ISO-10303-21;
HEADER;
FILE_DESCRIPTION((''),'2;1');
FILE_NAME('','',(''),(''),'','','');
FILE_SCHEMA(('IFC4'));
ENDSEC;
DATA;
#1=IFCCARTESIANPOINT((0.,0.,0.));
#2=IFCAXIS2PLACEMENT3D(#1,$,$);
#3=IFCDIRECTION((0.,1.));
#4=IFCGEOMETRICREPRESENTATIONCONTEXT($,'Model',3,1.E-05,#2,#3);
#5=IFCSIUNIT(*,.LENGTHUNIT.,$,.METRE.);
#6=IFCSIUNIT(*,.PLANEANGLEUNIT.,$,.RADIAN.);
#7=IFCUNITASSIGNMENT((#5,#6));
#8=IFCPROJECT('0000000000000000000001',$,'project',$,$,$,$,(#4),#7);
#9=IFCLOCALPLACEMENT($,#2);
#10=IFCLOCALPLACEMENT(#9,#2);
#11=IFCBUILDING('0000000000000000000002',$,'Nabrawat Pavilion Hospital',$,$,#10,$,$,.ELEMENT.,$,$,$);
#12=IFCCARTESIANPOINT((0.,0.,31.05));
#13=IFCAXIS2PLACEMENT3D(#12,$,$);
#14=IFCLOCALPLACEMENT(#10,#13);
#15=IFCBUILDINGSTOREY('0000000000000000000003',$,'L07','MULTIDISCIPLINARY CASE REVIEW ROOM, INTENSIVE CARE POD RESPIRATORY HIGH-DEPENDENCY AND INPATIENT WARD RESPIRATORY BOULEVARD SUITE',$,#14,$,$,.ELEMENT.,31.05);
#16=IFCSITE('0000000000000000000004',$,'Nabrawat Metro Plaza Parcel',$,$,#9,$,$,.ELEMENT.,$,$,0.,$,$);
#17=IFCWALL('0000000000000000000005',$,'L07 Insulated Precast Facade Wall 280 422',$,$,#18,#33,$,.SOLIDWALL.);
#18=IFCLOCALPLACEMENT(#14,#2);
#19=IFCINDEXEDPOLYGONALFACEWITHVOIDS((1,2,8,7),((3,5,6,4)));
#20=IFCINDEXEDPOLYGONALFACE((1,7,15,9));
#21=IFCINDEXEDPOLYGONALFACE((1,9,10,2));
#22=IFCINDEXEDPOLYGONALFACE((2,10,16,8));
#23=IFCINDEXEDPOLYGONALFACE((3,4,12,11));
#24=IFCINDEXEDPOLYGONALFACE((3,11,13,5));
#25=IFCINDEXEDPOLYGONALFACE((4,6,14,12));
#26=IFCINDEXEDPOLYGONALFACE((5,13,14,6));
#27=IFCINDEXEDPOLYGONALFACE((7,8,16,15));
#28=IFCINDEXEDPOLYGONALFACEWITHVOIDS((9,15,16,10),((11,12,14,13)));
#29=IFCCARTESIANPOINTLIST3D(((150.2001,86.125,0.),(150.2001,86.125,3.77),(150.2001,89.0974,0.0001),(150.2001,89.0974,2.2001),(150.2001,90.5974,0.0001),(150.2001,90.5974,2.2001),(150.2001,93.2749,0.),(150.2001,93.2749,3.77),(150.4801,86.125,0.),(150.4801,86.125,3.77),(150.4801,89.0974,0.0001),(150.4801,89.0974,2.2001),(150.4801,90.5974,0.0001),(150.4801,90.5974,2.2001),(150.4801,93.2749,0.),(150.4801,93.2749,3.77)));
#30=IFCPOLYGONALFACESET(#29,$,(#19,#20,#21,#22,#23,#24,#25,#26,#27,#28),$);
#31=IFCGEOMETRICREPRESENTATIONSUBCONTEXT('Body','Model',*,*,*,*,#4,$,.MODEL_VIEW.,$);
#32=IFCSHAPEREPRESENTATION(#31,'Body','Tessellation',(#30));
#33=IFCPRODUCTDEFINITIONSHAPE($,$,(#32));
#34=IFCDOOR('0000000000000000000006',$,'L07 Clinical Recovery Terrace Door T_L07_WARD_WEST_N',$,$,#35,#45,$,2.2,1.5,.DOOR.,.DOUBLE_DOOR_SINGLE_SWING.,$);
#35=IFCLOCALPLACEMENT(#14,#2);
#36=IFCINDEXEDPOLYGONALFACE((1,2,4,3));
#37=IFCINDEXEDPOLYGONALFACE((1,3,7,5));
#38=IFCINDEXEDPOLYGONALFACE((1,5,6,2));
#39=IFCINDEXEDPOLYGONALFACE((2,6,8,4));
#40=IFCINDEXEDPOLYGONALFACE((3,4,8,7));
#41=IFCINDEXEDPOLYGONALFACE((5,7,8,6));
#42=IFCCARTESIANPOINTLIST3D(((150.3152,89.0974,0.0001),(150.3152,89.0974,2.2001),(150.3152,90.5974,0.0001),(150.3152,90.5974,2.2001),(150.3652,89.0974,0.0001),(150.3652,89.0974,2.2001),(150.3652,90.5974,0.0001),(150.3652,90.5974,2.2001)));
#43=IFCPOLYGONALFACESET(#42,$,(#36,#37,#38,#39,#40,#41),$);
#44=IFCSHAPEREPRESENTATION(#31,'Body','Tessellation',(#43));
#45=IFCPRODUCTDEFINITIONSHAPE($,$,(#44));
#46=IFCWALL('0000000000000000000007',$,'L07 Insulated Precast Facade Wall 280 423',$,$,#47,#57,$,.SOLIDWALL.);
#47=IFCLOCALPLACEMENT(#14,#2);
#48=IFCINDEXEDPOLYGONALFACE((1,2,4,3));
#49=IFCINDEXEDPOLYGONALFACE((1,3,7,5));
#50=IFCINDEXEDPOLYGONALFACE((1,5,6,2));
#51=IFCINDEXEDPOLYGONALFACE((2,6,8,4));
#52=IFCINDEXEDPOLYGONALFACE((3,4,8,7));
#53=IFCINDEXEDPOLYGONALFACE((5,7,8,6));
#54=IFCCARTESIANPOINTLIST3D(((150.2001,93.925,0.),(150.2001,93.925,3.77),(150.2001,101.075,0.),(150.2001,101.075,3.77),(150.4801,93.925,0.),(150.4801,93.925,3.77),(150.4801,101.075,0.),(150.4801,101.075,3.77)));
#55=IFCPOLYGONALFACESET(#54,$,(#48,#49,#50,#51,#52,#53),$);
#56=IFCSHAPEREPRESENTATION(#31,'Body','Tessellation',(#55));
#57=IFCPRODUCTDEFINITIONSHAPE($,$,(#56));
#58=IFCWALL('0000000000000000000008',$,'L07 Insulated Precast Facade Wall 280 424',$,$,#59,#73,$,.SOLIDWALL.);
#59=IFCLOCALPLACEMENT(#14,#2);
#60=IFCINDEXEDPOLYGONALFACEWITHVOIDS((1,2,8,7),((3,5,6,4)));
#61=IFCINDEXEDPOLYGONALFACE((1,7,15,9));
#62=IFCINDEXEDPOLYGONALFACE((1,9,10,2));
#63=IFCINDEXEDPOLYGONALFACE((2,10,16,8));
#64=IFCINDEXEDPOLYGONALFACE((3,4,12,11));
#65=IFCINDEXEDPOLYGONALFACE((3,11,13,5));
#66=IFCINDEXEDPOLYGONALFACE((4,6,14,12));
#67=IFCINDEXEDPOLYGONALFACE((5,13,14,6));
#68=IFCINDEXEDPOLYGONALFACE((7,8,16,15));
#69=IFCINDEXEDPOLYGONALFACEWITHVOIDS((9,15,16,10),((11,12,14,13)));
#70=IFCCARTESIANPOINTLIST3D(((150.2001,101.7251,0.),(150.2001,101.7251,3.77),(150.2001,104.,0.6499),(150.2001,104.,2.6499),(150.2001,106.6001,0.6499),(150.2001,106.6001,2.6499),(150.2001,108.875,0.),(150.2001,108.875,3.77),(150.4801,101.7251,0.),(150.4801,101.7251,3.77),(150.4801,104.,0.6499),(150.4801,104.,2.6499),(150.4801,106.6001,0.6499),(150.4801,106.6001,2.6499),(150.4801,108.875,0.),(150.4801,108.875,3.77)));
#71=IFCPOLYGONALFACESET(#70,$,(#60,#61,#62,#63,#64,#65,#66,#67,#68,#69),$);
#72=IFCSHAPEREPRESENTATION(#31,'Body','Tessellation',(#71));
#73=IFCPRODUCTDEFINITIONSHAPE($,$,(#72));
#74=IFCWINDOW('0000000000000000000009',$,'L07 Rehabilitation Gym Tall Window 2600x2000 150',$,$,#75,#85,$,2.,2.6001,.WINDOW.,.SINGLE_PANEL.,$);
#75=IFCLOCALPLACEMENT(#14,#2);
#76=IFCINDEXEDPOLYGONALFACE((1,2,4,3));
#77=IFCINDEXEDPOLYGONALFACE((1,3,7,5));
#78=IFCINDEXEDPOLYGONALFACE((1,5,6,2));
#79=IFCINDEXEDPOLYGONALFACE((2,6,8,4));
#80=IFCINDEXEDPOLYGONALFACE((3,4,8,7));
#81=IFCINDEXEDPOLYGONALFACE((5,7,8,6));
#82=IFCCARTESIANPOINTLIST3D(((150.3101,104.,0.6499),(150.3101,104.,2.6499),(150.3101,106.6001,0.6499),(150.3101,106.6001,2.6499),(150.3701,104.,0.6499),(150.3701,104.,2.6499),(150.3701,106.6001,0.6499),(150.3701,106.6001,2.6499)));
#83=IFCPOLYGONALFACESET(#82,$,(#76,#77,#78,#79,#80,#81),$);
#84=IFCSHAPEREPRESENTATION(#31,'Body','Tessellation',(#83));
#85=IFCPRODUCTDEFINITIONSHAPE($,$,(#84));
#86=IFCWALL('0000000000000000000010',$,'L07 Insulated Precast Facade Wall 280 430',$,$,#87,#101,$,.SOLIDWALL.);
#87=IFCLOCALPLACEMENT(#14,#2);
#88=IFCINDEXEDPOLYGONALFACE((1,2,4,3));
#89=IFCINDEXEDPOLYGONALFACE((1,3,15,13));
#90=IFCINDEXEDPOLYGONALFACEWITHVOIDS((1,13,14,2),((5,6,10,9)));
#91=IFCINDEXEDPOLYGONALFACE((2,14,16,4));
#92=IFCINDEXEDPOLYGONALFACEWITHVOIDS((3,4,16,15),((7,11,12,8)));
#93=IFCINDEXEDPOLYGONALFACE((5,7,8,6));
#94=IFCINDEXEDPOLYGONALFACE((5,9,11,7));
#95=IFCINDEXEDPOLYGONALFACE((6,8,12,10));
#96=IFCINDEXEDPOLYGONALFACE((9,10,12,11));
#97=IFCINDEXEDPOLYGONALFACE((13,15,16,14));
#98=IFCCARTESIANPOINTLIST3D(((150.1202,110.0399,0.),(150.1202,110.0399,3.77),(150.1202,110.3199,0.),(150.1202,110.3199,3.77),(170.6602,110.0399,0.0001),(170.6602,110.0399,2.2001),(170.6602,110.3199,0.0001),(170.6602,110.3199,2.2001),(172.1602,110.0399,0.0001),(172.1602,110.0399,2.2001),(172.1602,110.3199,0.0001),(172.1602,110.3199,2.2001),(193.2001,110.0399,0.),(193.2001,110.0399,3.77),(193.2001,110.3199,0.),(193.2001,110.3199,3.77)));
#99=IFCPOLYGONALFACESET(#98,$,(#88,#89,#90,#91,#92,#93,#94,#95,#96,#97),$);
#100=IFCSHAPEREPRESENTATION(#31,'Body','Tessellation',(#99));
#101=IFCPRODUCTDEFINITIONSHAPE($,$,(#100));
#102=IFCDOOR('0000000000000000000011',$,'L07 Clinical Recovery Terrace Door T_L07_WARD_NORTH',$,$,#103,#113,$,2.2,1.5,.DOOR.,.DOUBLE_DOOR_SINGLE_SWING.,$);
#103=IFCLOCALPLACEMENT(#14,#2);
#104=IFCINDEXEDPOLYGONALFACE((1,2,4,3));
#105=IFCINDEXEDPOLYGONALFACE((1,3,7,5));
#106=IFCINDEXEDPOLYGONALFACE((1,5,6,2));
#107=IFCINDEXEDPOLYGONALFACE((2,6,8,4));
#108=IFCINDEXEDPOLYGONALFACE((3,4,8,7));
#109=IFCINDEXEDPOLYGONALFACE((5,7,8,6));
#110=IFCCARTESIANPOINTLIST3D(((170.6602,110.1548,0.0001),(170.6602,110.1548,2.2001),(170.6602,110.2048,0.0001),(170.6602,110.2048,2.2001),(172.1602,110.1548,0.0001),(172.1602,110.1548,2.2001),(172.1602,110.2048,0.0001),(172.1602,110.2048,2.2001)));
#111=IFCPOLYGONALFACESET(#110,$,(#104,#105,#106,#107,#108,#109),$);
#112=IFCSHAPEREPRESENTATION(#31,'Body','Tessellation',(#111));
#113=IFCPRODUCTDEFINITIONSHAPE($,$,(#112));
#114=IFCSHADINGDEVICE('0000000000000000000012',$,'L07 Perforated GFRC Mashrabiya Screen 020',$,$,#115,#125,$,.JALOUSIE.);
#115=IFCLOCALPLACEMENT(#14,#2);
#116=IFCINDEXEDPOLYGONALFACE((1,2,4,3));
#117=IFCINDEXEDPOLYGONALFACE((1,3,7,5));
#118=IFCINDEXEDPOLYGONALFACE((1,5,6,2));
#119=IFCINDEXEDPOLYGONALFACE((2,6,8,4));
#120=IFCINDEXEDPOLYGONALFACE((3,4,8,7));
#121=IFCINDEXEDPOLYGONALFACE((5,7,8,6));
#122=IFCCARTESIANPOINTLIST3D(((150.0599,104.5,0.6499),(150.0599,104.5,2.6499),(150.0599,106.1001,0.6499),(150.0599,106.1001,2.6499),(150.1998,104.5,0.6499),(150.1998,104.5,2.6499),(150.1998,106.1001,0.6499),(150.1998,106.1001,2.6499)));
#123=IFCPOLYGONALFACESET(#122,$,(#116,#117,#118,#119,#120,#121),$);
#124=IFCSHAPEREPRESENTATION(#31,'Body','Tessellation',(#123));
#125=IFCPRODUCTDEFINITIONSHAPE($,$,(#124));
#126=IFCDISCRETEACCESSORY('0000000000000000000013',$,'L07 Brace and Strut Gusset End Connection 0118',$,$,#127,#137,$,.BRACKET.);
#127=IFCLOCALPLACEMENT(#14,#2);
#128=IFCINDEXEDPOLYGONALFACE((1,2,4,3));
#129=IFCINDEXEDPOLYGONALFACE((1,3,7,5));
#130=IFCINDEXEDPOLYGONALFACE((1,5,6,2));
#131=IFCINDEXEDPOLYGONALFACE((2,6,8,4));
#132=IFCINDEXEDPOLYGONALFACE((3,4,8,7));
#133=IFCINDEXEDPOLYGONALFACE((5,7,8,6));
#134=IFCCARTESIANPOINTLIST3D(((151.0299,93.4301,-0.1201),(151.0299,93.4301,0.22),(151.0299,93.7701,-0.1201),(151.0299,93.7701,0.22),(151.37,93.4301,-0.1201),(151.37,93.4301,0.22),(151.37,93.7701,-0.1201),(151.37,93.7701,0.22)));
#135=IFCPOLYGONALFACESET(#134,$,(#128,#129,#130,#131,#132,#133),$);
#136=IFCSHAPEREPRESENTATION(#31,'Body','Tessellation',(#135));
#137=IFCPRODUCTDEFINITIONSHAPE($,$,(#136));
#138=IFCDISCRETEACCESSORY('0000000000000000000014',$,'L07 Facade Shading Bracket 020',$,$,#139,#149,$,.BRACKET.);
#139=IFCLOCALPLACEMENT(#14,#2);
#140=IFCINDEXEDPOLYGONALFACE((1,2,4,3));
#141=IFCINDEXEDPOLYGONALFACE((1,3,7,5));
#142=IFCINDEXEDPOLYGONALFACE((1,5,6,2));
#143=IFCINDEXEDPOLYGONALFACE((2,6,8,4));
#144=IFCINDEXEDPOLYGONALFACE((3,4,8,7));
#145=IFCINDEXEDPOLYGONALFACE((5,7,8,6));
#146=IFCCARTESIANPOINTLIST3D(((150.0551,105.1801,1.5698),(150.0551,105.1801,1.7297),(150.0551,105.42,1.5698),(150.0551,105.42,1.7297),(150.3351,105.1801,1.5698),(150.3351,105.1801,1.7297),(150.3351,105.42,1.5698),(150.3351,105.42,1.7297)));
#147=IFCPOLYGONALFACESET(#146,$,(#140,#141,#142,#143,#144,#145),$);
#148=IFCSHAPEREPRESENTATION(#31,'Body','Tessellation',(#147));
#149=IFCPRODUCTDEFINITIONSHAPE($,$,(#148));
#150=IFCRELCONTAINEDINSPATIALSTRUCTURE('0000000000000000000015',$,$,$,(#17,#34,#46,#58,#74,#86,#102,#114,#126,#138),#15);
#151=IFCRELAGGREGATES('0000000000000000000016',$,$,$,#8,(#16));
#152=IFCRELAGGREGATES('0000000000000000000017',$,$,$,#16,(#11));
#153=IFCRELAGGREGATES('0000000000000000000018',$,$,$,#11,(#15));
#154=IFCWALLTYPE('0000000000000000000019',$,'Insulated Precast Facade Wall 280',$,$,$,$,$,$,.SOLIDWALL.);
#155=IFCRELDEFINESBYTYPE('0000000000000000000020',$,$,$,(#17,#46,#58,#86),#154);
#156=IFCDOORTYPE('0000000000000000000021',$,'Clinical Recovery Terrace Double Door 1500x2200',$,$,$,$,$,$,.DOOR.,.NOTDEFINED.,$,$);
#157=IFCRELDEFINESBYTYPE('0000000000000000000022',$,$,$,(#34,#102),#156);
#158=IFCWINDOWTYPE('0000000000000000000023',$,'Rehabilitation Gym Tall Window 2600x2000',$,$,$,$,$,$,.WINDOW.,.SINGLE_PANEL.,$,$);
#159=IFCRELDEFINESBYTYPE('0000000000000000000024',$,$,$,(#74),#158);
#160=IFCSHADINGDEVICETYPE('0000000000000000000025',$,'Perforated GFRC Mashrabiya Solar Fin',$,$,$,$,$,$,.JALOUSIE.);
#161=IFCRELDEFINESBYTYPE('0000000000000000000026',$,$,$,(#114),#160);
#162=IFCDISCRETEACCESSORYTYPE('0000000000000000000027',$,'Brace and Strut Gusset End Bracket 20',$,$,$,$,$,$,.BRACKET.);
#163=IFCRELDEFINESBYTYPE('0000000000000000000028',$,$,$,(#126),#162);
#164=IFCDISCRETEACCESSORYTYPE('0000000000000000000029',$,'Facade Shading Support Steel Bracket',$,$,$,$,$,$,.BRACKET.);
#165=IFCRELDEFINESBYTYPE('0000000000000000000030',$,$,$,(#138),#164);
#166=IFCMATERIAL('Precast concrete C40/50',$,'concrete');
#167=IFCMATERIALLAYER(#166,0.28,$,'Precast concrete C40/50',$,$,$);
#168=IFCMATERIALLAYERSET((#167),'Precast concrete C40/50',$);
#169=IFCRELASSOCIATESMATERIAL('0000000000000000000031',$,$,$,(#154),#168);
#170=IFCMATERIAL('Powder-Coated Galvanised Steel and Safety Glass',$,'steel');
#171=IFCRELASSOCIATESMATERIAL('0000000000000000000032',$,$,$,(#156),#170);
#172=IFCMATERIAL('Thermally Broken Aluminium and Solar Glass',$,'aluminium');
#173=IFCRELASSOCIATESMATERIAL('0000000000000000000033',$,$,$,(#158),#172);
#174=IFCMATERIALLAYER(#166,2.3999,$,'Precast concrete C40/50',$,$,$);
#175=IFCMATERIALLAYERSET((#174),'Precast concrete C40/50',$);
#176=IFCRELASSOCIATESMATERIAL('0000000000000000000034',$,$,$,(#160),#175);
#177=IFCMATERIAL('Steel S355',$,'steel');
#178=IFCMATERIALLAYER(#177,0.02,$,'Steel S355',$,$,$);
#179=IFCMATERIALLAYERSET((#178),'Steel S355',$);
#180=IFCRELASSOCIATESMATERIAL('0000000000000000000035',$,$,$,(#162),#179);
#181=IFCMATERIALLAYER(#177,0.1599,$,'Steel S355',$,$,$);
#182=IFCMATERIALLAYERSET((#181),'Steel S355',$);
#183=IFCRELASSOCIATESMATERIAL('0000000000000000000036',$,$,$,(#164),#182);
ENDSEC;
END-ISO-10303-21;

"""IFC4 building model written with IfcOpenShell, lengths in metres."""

from ifc_helpers import new_model, si_unit, direction, frame, frame_2d, origin, origin_2d, place, context, subcontext, project, spatial, rectangle, extrude, material, layer, layer_set, type_object, element, fill, save


model = new_model("IFC4")

# Units and contexts
model_context = context("Model", 3, precision=1e-05, world=origin(), true_north=direction((0.0, 1.0)))
body_context = subcontext(model_context, "Body", "Model", "MODEL_VIEW")
ifc_project = project(units=[si_unit("LENGTHUNIT", "METRE"), si_unit("PLANEANGLEUNIT", "RADIAN")], contexts=[model_context])

# Site, building, storey
site_placement = place(None, origin())
site = spatial("IfcSite", under=ifc_project, at=site_placement, Name="Nabrawat Metro Plaza Parcel", CompositionType="ELEMENT", RefElevation=0.0)
building_placement = place(site_placement, origin())
building = spatial("IfcBuilding", under=site, at=building_placement, Name="Nabrawat Pavilion Hospital", CompositionType="ELEMENT")
storey_placement = place(building_placement, frame((0.0, 0.0, 31.05)))
storey = spatial("IfcBuildingStorey", under=building, at=storey_placement, Name="L07", Description="MULTIDISCIPLINARY CASE REVIEW ROOM, INTENSIVE CARE POD RESPIRATORY HIGH-DEPENDENCY AND INPATIENT WARD RESPIRATORY BOULEVARD SUITE", CompositionType="ELEMENT", Elevation=31.05)

# Shared definitions
ifc_material_1 = material(Name="Steel S355", Category="steel")

# Shared definitions
ifc_material_2 = material(Name="Precast concrete C40/50", Category="concrete")
ifc_layer_1 = layer(ifc_material_2, 0.28, Name="Precast concrete C40/50")
ifc_layer_set_1 = layer_set([ifc_layer_1], Name="Precast concrete C40/50")
wall_type_1 = type_object("IfcWallType", Name="Insulated Precast Facade Wall 280", PredefinedType="SOLIDWALL", material=ifc_layer_set_1)

# Wall, opening, door
wall_1_placement = place(storey_placement, frame((150.3401, 86.125, 0.0), z_axis=(0.0, 0.0, 1.0), x_axis=(0.0, 1.0, 0.0)))
wall_1 = element("IfcWall", 1, at=wall_1_placement, inside=storey, type_object=wall_type_1, Name="L07 Insulated Precast Facade Wall 280 422", PredefinedType="SOLIDWALL", context=body_context, shape_type="SweptSolid", body=[
    extrude(rectangle(XDim=7.1499, YDim=0.28, at=frame_2d((3.575, 0.0))), origin(), (0.0, 0.0, 1.0), 3.77),
])
opening_1_placement = place(wall_1_placement, frame((2.9724, 0.0, 0.0)))
opening_1 = element("IfcOpeningElement", 2, at=opening_1_placement, cuts=wall_1, PredefinedType="OPENING", context=body_context, shape_type="SweptSolid", body=[
    extrude(rectangle(XDim=1.5, YDim=2.2, at=frame_2d((0.75, 1.1001))), frame((0.0, 0.1499, 0.0), z_axis=(0.0, -1.0, 0.0), x_axis=(1.0, 0.0, 0.0)), (0.0, 0.0, 1.0), 0.3),
])
ifc_material_3 = material(Name="Powder-Coated Galvanised Steel and Safety Glass", Category="steel")
door_type_1 = type_object("IfcDoorType", Name="Clinical Recovery Terrace Double Door 1500x2200", OperationType="NOTDEFINED", PredefinedType="DOOR", material=ifc_material_3)
door_1_placement = place(opening_1_placement, origin())
door_1 = element("IfcDoor", 3, at=door_1_placement, inside=storey, type_object=door_type_1, Name="L07 Clinical Recovery Terrace Door T_L07_WARD_WEST_N", OperationType="DOUBLE_DOOR_SINGLE_SWING", OverallHeight=2.2, OverallWidth=1.5, PredefinedType="DOOR", context=body_context, shape_type="SweptSolid", body=[
    extrude(rectangle(XDim=1.5, YDim=2.2, at=frame_2d((0.75, 1.1001))), frame((0.0, 0.0249, 0.0), z_axis=(0.0, -1.0, 0.0), x_axis=(1.0, 0.0, 0.0)), (0.0, 0.0, 1.0), 0.05),
])
fill(opening_1, door_1)

# Wall
wall_2_placement = place(storey_placement, frame((150.3401, 93.925, 0.0), z_axis=(0.0, 0.0, 1.0), x_axis=(0.0, 1.0, 0.0)))
element("IfcWall", 4, at=wall_2_placement, inside=storey, type_object=wall_type_1, Name="L07 Insulated Precast Facade Wall 280 423", PredefinedType="SOLIDWALL", context=body_context, shape_type="SweptSolid", body=[
    extrude(rectangle(XDim=7.1499, YDim=0.28, at=frame_2d((3.575, 0.0))), origin(), (0.0, 0.0, 1.0), 3.77),
])

# Wall, opening, window
wall_3_placement = place(storey_placement, frame((150.3401, 101.7251, 0.0), z_axis=(0.0, 0.0, 1.0), x_axis=(0.0, 1.0, 0.0)))
wall_3 = element("IfcWall", 5, at=wall_3_placement, inside=storey, type_object=wall_type_1, Name="L07 Insulated Precast Facade Wall 280 424", PredefinedType="SOLIDWALL", context=body_context, shape_type="SweptSolid", body=[
    extrude(rectangle(XDim=7.1499, YDim=0.28, at=frame_2d((3.575, 0.0))), origin(), (0.0, 0.0, 1.0), 3.77),
])
opening_2_placement = place(wall_3_placement, frame((2.2749, 0.0, 0.6499)))
opening_2 = element("IfcOpeningElement", 6, at=opening_2_placement, cuts=wall_3, PredefinedType="OPENING", context=body_context, shape_type="SweptSolid", body=[
    extrude(rectangle(XDim=2.6001, YDim=2.0, at=frame_2d((1.3, 1.0))), frame((0.0, 0.1499, 0.0), z_axis=(0.0, -1.0, 0.0), x_axis=(1.0, 0.0, 0.0)), (0.0, 0.0, 1.0), 0.3),
])
ifc_material_4 = material(Name="Thermally Broken Aluminium and Solar Glass", Category="aluminium")
window_type = type_object("IfcWindowType", Name="Rehabilitation Gym Tall Window 2600x2000", PartitioningType="SINGLE_PANEL", PredefinedType="WINDOW", material=ifc_material_4)
window_placement = place(opening_2_placement, origin())
window = element("IfcWindow", 7, at=window_placement, inside=storey, type_object=window_type, Name="L07 Rehabilitation Gym Tall Window 2600x2000 150", OverallHeight=2.0, OverallWidth=2.6001, PartitioningType="SINGLE_PANEL", PredefinedType="WINDOW", context=body_context, shape_type="SweptSolid", body=[
    extrude(rectangle(XDim=2.6001, YDim=2.0, at=frame_2d((1.3, 1.0))), frame((0.0, 0.03, 0.0), z_axis=(0.0, -1.0, 0.0), x_axis=(1.0, 0.0, 0.0)), (0.0, 0.0, 1.0), 0.0601),
])
fill(opening_2, window)

# Wall, opening, door
wall_4_placement = place(storey_placement, frame((150.1201, 110.1799, 0.0), z_axis=(0.0, 0.0, 1.0), x_axis=(1.0, 0.0, 0.0)))
wall_4 = element("IfcWall", 8, at=wall_4_placement, inside=storey, type_object=wall_type_1, Name="L07 Insulated Precast Facade Wall 280 430", PredefinedType="SOLIDWALL", context=body_context, shape_type="SweptSolid", body=[
    extrude(rectangle(XDim=43.0798, YDim=0.28, at=frame_2d((21.54, 0.0))), origin(), (0.0, 0.0, 1.0), 3.77),
])
opening_3_placement = place(wall_4_placement, frame((20.54, 0.0, 0.0)))
opening_3 = element("IfcOpeningElement", 9, at=opening_3_placement, cuts=wall_4, PredefinedType="OPENING", context=body_context, shape_type="SweptSolid", body=[
    extrude(rectangle(XDim=1.5, YDim=2.2, at=frame_2d((0.75, 1.1001))), frame((0.0, 0.1499, 0.0), z_axis=(0.0, -1.0, 0.0), x_axis=(1.0, 0.0, 0.0)), (0.0, 0.0, 1.0), 0.3),
])
door_2_placement = place(opening_3_placement, origin())
door_2 = element("IfcDoor", 10, at=door_2_placement, inside=storey, type_object=door_type_1, Name="L07 Clinical Recovery Terrace Door T_L07_WARD_NORTH", OperationType="DOUBLE_DOOR_SINGLE_SWING", OverallHeight=2.2, OverallWidth=1.5, PredefinedType="DOOR", context=body_context, shape_type="SweptSolid", body=[
    extrude(rectangle(XDim=1.5, YDim=2.2, at=frame_2d((0.75, 1.1001))), frame((0.0, 0.0249, 0.0), z_axis=(0.0, -1.0, 0.0), x_axis=(1.0, 0.0, 0.0)), (0.0, 0.0, 1.0), 0.05),
])
fill(opening_3, door_2)

# Shading device
ifc_layer_2 = layer(ifc_material_2, 2.3999, Name="Precast concrete C40/50")
ifc_layer_set_2 = layer_set([ifc_layer_2], Name="Precast concrete C40/50")
shading_device_type = type_object("IfcShadingDeviceType", Name="Perforated GFRC Mashrabiya Solar Fin", PredefinedType="JALOUSIE", material=ifc_layer_set_2)
shading_device_placement = place(storey_placement, frame((150.1299, 105.3, 0.6499), z_axis=(0.0, 0.0, 1.0), x_axis=(0.0, 1.0, 0.0)))
element("IfcShadingDevice", 11, at=shading_device_placement, inside=storey, type_object=shading_device_type, Name="L07 Perforated GFRC Mashrabiya Screen 020", PredefinedType="JALOUSIE", context=body_context, shape_type="SweptSolid", body=[
    extrude(rectangle(XDim=1.6001, YDim=0.1399, at=origin_2d()), origin(), (0.0, 0.0, 1.0), 2.0),
])

# Discrete accessories
ifc_layer_3 = layer(ifc_material_1, 0.02, Name="Steel S355")
ifc_layer_set_3 = layer_set([ifc_layer_3], Name="Steel S355")
discrete_accessory_type_1 = type_object("IfcDiscreteAccessoryType", Name="Brace and Strut Gusset End Bracket 20", PredefinedType="BRACKET", material=ifc_layer_set_3)
discrete_accessory_1_placement = place(storey_placement, frame((151.2, 93.6001, -0.1201), z_axis=(0.0, 0.0, 1.0), x_axis=(1.0, 0.0, 0.0)))
element("IfcDiscreteAccessory", 12, at=discrete_accessory_1_placement, inside=storey, type_object=discrete_accessory_type_1, Name="L07 Brace and Strut Gusset End Connection 0118", PredefinedType="BRACKET", context=body_context, shape_type="SweptSolid", body=[
    extrude(rectangle(XDim=0.3401, YDim=0.3401, at=origin_2d()), origin(), (0.0, 0.0, 1.0), 0.3401),
])
ifc_layer_4 = layer(ifc_material_1, 0.1599, Name="Steel S355")
ifc_layer_set_4 = layer_set([ifc_layer_4], Name="Steel S355")
discrete_accessory_type_2 = type_object("IfcDiscreteAccessoryType", Name="Facade Shading Support Steel Bracket", PredefinedType="BRACKET", material=ifc_layer_set_4)
discrete_accessory_2_placement = place(storey_placement, frame((150.1951, 105.3, 1.5698), z_axis=(0.0, 0.0, 1.0), x_axis=(0.0, 1.0, 0.0)))
element("IfcDiscreteAccessory", 13, at=discrete_accessory_2_placement, inside=storey, type_object=discrete_accessory_type_2, Name="L07 Facade Shading Bracket 020", PredefinedType="BRACKET", context=body_context, shape_type="SweptSolid", body=[
    extrude(rectangle(XDim=0.24, YDim=0.28, at=origin_2d()), origin(), (0.0, 0.0, 1.0), 0.1599),
])

save(model, "model.ifc")
